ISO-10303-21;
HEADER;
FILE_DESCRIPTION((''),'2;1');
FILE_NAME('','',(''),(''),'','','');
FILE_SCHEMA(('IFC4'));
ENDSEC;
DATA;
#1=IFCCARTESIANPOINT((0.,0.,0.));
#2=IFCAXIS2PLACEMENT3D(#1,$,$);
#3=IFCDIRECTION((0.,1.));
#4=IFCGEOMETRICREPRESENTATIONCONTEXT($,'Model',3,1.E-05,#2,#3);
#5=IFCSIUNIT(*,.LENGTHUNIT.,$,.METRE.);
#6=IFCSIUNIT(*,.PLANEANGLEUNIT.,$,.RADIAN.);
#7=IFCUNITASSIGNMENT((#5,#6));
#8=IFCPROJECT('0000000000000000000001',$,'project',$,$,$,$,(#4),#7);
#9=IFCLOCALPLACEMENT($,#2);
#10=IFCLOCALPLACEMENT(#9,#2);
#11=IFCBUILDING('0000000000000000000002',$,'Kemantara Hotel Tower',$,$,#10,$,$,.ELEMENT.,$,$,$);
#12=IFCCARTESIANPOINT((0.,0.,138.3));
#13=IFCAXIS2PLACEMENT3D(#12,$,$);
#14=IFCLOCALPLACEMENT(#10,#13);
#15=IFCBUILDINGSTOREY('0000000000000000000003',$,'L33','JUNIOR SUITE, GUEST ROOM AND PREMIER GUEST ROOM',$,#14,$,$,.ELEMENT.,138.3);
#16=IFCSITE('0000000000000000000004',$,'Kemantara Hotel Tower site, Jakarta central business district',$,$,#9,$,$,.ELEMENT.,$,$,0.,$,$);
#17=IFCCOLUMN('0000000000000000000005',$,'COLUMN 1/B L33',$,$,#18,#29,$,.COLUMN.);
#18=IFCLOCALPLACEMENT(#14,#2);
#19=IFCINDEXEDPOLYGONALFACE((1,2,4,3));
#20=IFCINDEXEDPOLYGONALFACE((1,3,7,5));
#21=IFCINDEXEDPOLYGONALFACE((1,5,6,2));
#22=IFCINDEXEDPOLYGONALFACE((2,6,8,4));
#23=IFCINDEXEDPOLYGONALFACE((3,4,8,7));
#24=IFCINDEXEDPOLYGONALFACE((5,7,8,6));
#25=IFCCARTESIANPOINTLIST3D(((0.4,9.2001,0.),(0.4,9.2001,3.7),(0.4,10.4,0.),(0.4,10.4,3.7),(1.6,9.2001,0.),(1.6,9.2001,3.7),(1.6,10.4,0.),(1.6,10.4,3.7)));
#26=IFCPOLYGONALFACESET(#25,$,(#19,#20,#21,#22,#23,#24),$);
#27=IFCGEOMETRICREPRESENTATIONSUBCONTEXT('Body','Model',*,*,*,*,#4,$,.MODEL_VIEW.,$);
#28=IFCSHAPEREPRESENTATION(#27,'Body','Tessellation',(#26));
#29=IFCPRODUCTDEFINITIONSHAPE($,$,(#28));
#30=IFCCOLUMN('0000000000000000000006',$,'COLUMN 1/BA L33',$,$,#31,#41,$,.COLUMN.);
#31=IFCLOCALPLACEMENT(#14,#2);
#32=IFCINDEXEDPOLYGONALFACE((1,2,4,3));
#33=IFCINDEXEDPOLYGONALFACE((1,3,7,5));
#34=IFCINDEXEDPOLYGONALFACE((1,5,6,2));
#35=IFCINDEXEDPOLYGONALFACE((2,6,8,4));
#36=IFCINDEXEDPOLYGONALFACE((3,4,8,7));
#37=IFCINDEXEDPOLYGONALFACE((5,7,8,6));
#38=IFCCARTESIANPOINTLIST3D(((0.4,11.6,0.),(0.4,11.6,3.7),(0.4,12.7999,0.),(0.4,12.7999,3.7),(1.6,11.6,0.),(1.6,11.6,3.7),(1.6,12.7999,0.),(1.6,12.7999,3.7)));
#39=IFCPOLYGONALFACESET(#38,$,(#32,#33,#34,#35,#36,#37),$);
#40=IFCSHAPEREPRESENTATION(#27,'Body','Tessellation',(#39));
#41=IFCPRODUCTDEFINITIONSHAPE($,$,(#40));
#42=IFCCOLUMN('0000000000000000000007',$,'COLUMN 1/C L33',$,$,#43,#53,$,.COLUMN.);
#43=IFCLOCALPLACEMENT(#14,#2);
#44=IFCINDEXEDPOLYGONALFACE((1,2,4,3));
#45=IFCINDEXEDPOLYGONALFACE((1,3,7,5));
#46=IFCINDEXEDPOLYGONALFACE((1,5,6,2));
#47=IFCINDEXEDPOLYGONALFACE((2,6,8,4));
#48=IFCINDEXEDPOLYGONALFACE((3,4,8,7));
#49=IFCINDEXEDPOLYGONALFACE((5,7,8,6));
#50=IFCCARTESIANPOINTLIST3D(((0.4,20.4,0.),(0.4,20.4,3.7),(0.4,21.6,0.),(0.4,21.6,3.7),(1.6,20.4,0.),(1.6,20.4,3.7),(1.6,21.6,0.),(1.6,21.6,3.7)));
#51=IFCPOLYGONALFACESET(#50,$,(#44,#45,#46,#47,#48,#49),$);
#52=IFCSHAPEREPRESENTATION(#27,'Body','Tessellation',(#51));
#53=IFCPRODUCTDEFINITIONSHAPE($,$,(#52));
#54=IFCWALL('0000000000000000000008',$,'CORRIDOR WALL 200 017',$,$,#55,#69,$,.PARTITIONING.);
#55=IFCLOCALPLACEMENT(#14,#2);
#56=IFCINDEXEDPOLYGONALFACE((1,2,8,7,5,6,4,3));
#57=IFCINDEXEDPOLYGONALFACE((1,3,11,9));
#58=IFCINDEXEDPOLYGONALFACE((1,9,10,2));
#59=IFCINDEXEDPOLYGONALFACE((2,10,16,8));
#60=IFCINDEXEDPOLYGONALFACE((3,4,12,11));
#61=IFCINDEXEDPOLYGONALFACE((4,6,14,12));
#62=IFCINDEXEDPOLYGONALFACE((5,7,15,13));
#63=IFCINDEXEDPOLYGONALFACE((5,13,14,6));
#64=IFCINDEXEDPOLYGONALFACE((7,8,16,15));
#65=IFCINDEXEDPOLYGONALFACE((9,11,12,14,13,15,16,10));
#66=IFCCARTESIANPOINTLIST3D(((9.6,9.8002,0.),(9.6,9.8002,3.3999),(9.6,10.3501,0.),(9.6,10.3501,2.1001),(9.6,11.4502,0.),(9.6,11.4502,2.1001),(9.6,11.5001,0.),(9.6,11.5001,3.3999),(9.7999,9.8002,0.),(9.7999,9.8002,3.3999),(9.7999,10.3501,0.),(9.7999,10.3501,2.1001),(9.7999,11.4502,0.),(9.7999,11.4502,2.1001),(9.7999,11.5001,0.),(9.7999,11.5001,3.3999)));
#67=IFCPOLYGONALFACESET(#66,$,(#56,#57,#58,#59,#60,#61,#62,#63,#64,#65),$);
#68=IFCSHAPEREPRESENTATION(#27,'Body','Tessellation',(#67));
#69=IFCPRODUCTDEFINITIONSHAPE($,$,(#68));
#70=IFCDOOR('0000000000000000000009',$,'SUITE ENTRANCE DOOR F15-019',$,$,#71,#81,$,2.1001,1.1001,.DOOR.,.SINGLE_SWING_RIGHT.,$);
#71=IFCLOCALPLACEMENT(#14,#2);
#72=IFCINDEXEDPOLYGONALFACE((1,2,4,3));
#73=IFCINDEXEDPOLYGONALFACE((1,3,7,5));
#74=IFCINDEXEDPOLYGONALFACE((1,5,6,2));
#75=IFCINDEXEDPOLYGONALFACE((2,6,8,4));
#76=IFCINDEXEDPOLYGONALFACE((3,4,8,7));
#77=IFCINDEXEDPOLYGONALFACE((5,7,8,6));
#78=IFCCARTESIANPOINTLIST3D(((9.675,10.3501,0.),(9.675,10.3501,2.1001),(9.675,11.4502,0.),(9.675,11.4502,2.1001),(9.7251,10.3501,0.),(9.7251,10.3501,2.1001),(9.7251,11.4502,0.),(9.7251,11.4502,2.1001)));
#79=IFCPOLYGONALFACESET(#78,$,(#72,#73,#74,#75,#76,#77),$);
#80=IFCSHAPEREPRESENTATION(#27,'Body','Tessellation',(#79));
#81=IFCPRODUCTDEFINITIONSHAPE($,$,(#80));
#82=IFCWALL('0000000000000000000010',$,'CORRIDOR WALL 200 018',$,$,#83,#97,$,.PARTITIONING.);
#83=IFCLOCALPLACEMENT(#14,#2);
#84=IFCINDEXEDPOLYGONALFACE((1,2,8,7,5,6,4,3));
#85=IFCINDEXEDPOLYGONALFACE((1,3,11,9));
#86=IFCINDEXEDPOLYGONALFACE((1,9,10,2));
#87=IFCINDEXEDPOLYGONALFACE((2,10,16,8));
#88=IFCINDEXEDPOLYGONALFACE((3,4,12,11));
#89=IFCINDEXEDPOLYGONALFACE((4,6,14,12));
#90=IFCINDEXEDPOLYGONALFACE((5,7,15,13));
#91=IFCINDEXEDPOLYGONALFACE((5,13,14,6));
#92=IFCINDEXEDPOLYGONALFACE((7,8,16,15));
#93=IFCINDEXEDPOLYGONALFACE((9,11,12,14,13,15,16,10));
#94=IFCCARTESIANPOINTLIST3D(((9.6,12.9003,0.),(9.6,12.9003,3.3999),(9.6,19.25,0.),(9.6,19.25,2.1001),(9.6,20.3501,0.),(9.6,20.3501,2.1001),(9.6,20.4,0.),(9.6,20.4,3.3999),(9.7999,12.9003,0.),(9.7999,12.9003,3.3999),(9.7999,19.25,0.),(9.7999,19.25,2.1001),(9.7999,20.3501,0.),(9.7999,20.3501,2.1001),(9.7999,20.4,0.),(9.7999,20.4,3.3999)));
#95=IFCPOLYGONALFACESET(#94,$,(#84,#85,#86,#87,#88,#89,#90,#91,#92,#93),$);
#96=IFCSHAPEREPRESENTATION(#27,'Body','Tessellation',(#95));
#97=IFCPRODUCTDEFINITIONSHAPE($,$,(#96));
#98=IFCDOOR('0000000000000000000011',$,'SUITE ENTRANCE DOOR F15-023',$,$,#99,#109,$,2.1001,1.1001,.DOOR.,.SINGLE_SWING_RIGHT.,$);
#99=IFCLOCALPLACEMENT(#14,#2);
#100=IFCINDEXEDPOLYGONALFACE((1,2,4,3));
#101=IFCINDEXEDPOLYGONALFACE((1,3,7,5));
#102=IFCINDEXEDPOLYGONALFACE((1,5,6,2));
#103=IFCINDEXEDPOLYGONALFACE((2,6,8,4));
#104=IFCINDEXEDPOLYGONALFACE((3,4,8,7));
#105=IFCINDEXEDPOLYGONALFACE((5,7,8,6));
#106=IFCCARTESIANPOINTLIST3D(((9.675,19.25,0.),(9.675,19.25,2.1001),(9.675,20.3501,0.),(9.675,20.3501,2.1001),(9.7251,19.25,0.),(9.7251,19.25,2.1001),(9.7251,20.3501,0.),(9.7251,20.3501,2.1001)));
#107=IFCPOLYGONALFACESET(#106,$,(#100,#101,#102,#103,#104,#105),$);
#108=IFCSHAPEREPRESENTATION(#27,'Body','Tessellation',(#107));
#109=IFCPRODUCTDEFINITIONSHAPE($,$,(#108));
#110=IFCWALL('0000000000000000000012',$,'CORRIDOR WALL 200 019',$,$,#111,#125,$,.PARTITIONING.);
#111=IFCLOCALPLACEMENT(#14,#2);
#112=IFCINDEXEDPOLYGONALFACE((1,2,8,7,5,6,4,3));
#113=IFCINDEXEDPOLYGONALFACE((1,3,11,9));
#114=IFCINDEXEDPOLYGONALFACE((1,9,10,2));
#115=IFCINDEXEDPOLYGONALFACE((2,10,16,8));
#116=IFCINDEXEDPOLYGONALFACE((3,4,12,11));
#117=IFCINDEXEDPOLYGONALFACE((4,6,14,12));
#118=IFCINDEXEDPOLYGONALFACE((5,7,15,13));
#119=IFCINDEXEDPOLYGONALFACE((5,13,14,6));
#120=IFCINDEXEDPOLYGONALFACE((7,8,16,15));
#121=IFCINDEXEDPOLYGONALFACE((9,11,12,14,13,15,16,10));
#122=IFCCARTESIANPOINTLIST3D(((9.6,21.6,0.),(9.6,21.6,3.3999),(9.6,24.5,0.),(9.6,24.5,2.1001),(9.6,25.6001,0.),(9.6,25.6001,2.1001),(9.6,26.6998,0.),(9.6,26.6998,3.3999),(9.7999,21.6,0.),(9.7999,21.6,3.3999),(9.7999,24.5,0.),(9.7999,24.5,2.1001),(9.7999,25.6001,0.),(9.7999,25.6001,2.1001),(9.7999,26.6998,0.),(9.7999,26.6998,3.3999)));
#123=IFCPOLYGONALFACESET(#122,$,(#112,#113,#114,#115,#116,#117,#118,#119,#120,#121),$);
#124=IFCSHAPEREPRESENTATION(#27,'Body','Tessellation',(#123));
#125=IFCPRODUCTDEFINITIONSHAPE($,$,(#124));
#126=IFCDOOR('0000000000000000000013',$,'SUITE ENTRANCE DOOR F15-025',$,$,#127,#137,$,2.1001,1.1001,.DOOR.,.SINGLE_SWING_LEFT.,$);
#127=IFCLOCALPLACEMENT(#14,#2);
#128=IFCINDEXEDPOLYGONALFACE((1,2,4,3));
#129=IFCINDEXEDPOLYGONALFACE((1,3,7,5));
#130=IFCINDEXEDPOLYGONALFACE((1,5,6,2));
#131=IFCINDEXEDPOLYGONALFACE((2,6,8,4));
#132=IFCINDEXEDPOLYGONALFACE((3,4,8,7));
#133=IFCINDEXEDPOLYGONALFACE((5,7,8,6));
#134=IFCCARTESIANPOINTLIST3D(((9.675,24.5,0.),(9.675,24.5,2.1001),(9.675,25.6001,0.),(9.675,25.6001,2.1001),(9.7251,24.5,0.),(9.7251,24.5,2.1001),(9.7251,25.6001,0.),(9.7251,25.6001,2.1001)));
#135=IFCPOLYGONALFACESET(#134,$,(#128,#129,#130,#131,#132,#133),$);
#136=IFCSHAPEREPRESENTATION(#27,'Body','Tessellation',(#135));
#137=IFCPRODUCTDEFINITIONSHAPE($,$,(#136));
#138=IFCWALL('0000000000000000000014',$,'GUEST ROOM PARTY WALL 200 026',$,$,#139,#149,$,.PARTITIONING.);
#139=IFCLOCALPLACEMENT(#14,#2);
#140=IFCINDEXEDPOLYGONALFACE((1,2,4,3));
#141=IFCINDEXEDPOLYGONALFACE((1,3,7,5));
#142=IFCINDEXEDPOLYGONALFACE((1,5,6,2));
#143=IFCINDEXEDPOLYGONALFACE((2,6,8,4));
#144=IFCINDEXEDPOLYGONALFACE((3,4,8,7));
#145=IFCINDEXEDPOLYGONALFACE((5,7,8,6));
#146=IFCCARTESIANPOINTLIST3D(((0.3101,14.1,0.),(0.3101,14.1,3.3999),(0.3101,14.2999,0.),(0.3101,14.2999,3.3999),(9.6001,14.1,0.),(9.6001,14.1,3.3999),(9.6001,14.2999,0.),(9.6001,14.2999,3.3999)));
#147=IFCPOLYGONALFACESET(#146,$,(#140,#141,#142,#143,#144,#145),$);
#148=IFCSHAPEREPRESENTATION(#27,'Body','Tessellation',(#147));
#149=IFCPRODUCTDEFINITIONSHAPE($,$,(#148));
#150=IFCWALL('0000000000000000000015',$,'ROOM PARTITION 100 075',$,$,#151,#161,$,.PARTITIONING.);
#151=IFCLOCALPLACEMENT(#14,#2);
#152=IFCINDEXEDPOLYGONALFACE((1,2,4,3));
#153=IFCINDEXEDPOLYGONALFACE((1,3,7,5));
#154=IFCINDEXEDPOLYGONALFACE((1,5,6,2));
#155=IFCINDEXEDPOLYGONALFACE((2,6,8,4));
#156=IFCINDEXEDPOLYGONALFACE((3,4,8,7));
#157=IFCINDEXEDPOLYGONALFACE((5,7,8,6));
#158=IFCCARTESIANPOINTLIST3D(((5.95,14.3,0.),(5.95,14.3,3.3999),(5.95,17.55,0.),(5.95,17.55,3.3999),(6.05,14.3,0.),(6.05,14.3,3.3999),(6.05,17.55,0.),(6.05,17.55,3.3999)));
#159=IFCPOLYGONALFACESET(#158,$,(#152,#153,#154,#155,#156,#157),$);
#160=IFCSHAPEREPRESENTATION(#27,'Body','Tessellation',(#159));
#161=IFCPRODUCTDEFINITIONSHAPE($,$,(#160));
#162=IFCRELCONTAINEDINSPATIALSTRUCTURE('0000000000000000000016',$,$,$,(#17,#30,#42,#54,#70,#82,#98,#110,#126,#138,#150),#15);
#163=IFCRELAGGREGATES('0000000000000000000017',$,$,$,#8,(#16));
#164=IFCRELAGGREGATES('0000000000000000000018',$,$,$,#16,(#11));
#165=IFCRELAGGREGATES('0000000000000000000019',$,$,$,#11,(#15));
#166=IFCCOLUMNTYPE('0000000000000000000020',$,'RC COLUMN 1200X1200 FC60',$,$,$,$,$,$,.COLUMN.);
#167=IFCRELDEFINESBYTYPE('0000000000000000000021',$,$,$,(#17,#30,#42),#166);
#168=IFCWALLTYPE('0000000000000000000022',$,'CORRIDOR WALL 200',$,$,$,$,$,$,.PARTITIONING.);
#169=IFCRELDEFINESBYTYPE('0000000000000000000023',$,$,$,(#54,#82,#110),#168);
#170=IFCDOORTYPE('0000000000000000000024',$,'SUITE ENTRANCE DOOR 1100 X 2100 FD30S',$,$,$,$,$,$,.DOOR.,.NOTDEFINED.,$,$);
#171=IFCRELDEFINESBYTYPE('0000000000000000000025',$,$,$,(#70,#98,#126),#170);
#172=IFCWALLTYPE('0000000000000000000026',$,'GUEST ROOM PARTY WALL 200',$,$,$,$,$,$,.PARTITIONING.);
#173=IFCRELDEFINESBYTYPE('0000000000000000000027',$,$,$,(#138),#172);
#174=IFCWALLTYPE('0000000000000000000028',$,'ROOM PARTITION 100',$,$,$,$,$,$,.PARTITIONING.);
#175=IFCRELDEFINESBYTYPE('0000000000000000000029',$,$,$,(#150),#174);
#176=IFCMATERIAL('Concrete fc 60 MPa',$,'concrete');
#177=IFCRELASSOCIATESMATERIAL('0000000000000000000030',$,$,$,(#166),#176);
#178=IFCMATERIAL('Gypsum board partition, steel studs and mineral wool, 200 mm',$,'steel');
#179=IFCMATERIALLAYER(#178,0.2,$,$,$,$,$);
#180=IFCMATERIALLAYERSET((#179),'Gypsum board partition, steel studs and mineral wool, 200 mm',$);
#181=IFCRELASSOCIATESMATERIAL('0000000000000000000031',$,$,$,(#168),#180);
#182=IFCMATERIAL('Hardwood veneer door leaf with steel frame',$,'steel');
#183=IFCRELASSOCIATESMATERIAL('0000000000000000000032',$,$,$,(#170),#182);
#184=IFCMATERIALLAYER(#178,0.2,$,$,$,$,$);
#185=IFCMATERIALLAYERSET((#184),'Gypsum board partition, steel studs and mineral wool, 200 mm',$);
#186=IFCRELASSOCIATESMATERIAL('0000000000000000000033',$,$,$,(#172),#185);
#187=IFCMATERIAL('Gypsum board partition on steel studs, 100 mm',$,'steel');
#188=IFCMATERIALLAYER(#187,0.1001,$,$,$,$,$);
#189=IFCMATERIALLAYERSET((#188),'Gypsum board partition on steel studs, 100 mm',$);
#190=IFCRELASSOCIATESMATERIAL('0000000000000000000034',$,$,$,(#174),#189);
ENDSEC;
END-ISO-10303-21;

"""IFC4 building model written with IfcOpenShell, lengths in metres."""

from ifc_helpers import new_model, si_unit, direction, frame, frame_2d, origin, origin_2d, place, context, subcontext, project, spatial, rectangle, extrude, material, layer, layer_set, material_profile, profile_set, type_object, element, fill, save


model = new_model("IFC4")

# Units and contexts
model_context = context("Model", 3, precision=1e-05, world=origin(), true_north=direction((0.0, 1.0)))
body_context = subcontext(model_context, "Body", "Model", "MODEL_VIEW")
ifc_project = project(units=[si_unit("LENGTHUNIT", "METRE"), si_unit("PLANEANGLEUNIT", "RADIAN")], contexts=[model_context])

# Site, building, storey
site_placement = place(None, origin())
site = spatial("IfcSite", under=ifc_project, at=site_placement, Name="Kemantara Hotel Tower site, Jakarta central business district", CompositionType="ELEMENT", RefElevation=0.0)
building_placement = place(site_placement, origin())
building = spatial("IfcBuilding", under=site, at=building_placement, Name="Kemantara Hotel Tower", CompositionType="ELEMENT")
storey_placement = place(building_placement, frame((0.0, 0.0, 138.3)))
storey = spatial("IfcBuildingStorey", under=building, at=storey_placement, Name="L33", Description="JUNIOR SUITE, GUEST ROOM AND PREMIER GUEST ROOM", CompositionType="ELEMENT", Elevation=138.3)

# Columns
ifc_material_1 = material(Name="Concrete fc 60 MPa", Category="concrete")
ifc_material_profile = material_profile(ifc_material_1, rectangle(XDim=1.2, YDim=1.2, at=origin_2d()), Name="RC 1200X1200")
ifc_profile_set = profile_set([ifc_material_profile], Name="Concrete fc 60 MPa")
column_type = type_object("IfcColumnType", Name="RC COLUMN 1200X1200 FC60", PredefinedType="COLUMN", material=ifc_profile_set)
for number, where, z_axis, x_axis, name in (
    (1, (1.0, 9.8, 0.0), (0.0, 0.0, 1.0), (1.0, 0.0, 0.0), "COLUMN 1/B L33"),
    (2, (1.0, 12.2, 0.0), (0.0, 0.0, 1.0), (1.0, 0.0, 0.0), "COLUMN 1/BA L33"),
    (3, (1.0, 21.0, 0.0), (0.0, 0.0, 1.0), (1.0, 0.0, 0.0), "COLUMN 1/C L33"),
):
    element("IfcColumn", number, at=place(storey_placement, frame(where, z_axis=z_axis, x_axis=x_axis)), inside=storey, type_object=column_type, Name=name, PredefinedType="COLUMN", context=body_context, shape_type="SweptSolid", body=[
        extrude(rectangle(XDim=1.2, YDim=1.2, at=origin_2d()), origin(), (0.0, 0.0, 1.0), 3.7),
    ])

# Walls, openings, doors
ifc_material_2 = material(Name="Gypsum board partition, steel studs and mineral wool, 200 mm", Category="steel")
ifc_layer_1 = layer(ifc_material_2, 0.2)
ifc_layer_set_1 = layer_set([ifc_layer_1], Name="Gypsum board partition, steel studs and mineral wool, 200 mm")
wall_type_1 = type_object("IfcWallType", Name="CORRIDOR WALL 200", PredefinedType="PARTITIONING", material=ifc_layer_set_1)
wall_1_placement = place(storey_placement, frame((9.7, 9.8, 0.0), z_axis=(0.0, 0.0, 1.0), x_axis=(0.0, 1.0, 0.0)))
wall_1 = element("IfcWall", 4, at=wall_1_placement, inside=storey, type_object=wall_type_1, Name="CORRIDOR WALL 200 017", PredefinedType="PARTITIONING", context=body_context, shape_type="SweptSolid", body=[
    extrude(rectangle(XDim=1.7, YDim=0.2, at=frame_2d((0.8501, 0.0))), origin(), (0.0, 0.0, 1.0), 3.3999),
])
opening_1_placement = place(wall_1_placement, frame((0.55, 0.0, 0.0)))
opening_1 = element("IfcOpeningElement", 5, at=opening_1_placement, cuts=wall_1, PredefinedType="OPENING", context=body_context, shape_type="SweptSolid", body=[
    extrude(rectangle(XDim=1.1001, YDim=2.1001, at=frame_2d((0.55, 1.05))), frame((0.0, 0.1099, 0.0), z_axis=(0.0, -1.0, 0.0), x_axis=(1.0, 0.0, 0.0)), (0.0, 0.0, 1.0), 0.22),
])
ifc_material_3 = material(Name="Hardwood veneer door leaf with steel frame", Category="steel")
door_type_1 = type_object("IfcDoorType", Name="SUITE ENTRANCE DOOR 1100 X 2100 FD30S", OperationType="NOTDEFINED", PredefinedType="DOOR", material=ifc_material_3)
door_1_placement = place(opening_1_placement, origin())
door_1 = element("IfcDoor", 6, at=door_1_placement, inside=storey, type_object=door_type_1, Name="SUITE ENTRANCE DOOR F15-019", OperationType="SINGLE_SWING_RIGHT", OverallHeight=2.1001, OverallWidth=1.1001, PredefinedType="DOOR", context=body_context, shape_type="SweptSolid", body=[
    extrude(rectangle(XDim=1.1001, YDim=2.1001, at=frame_2d((0.55, 1.05))), frame((0.0, 0.0249, 0.0), z_axis=(0.0, -1.0, 0.0), x_axis=(1.0, 0.0, 0.0)), (0.0, 0.0, 1.0), 0.05),
])
fill(opening_1, door_1)
wall_2_placement = place(storey_placement, frame((9.7, 12.9001, 0.0), z_axis=(0.0, 0.0, 1.0), x_axis=(0.0, 1.0, 0.0)))
wall_2 = element("IfcWall", 7, at=wall_2_placement, inside=storey, type_object=wall_type_1, Name="CORRIDOR WALL 200 018", PredefinedType="PARTITIONING", context=body_context, shape_type="SweptSolid", body=[
    extrude(rectangle(XDim=7.4998, YDim=0.2, at=frame_2d((3.75, 0.0))), origin(), (0.0, 0.0, 1.0), 3.3999),
])
opening_2_placement = place(wall_2_placement, frame((6.3499, 0.0, 0.0)))
opening_2 = element("IfcOpeningElement", 8, at=opening_2_placement, cuts=wall_2, PredefinedType="OPENING", context=body_context, shape_type="SweptSolid", body=[
    extrude(rectangle(XDim=1.1001, YDim=2.1001, at=frame_2d((0.55, 1.05))), frame((0.0, 0.1099, 0.0), z_axis=(0.0, -1.0, 0.0), x_axis=(1.0, 0.0, 0.0)), (0.0, 0.0, 1.0), 0.22),
])
door_2_placement = place(opening_2_placement, origin())
door_2 = element("IfcDoor", 9, at=door_2_placement, inside=storey, type_object=door_type_1, Name="SUITE ENTRANCE DOOR F15-023", OperationType="SINGLE_SWING_RIGHT", OverallHeight=2.1001, OverallWidth=1.1001, PredefinedType="DOOR", context=body_context, shape_type="SweptSolid", body=[
    extrude(rectangle(XDim=1.1001, YDim=2.1001, at=frame_2d((0.55, 1.05))), frame((0.0, 0.0249, 0.0), z_axis=(0.0, -1.0, 0.0), x_axis=(1.0, 0.0, 0.0)), (0.0, 0.0, 1.0), 0.05),
])
fill(opening_2, door_2)
wall_3_placement = place(storey_placement, frame((9.7, 21.6001, 0.0), z_axis=(0.0, 0.0, 1.0), x_axis=(0.0, 1.0, 0.0)))
wall_3 = element("IfcWall", 10, at=wall_3_placement, inside=storey, type_object=wall_type_1, Name="CORRIDOR WALL 200 019", PredefinedType="PARTITIONING", context=body_context, shape_type="SweptSolid", body=[
    extrude(rectangle(XDim=5.0999, YDim=0.2, at=frame_2d((2.5498, 0.0))), origin(), (0.0, 0.0, 1.0), 3.3999),
])
opening_3_placement = place(wall_3_placement, frame((2.8999, 0.0, 0.0)))
opening_3 = element("IfcOpeningElement", 11, at=opening_3_placement, cuts=wall_3, PredefinedType="OPENING", context=body_context, shape_type="SweptSolid", body=[
    extrude(rectangle(XDim=1.1001, YDim=2.1001, at=frame_2d((0.55, 1.05))), frame((0.0, 0.1099, 0.0), z_axis=(0.0, -1.0, 0.0), x_axis=(1.0, 0.0, 0.0)), (0.0, 0.0, 1.0), 0.22),
])
door_3_placement = place(opening_3_placement, origin())
door_3 = element("IfcDoor", 12, at=door_3_placement, inside=storey, type_object=door_type_1, Name="SUITE ENTRANCE DOOR F15-025", OperationType="SINGLE_SWING_LEFT", OverallHeight=2.1001, OverallWidth=1.1001, PredefinedType="DOOR", context=body_context, shape_type="SweptSolid", body=[
    extrude(rectangle(XDim=1.1001, YDim=2.1001, at=frame_2d((0.55, 1.05))), frame((0.0, 0.0249, 0.0), z_axis=(0.0, -1.0, 0.0), x_axis=(1.0, 0.0, 0.0)), (0.0, 0.0, 1.0), 0.05),
])
fill(opening_3, door_3)

# Walls
ifc_layer_2 = layer(ifc_material_2, 0.2)
ifc_layer_set_2 = layer_set([ifc_layer_2], Name="Gypsum board partition, steel studs and mineral wool, 200 mm")
wall_type_2 = type_object("IfcWallType", Name="GUEST ROOM PARTY WALL 200", PredefinedType="PARTITIONING", material=ifc_layer_set_2)
wall_4_placement = place(storey_placement, frame((0.3101, 14.2, 0.0), z_axis=(0.0, 0.0, 1.0), x_axis=(1.0, 0.0, 0.0)))
element("IfcWall", 13, at=wall_4_placement, inside=storey, type_object=wall_type_2, Name="GUEST ROOM PARTY WALL 200 026", PredefinedType="PARTITIONING", context=body_context, shape_type="SweptSolid", body=[
    extrude(rectangle(XDim=9.29, YDim=0.2, at=frame_2d((4.645, 0.0))), origin(), (0.0, 0.0, 1.0), 3.3999),
])
ifc_material_4 = material(Name="Gypsum board partition on steel studs, 100 mm", Category="steel")
ifc_layer_3 = layer(ifc_material_4, 0.1001)
ifc_layer_set_3 = layer_set([ifc_layer_3], Name="Gypsum board partition on steel studs, 100 mm")
wall_type_3 = type_object("IfcWallType", Name="ROOM PARTITION 100", PredefinedType="PARTITIONING", material=ifc_layer_set_3)
wall_5_placement = place(storey_placement, frame((6.0, 14.3, 0.0), z_axis=(0.0, 0.0, 1.0), x_axis=(0.0, 1.0, 0.0)))
element("IfcWall", 14, at=wall_5_placement, inside=storey, type_object=wall_type_3, Name="ROOM PARTITION 100 075", PredefinedType="PARTITIONING", context=body_context, shape_type="SweptSolid", body=[
    extrude(rectangle(XDim=3.25, YDim=0.1001, at=frame_2d((1.625, 0.0))), origin(), (0.0, 0.0, 1.0), 3.3999),
])

save(model, "model.ifc")
